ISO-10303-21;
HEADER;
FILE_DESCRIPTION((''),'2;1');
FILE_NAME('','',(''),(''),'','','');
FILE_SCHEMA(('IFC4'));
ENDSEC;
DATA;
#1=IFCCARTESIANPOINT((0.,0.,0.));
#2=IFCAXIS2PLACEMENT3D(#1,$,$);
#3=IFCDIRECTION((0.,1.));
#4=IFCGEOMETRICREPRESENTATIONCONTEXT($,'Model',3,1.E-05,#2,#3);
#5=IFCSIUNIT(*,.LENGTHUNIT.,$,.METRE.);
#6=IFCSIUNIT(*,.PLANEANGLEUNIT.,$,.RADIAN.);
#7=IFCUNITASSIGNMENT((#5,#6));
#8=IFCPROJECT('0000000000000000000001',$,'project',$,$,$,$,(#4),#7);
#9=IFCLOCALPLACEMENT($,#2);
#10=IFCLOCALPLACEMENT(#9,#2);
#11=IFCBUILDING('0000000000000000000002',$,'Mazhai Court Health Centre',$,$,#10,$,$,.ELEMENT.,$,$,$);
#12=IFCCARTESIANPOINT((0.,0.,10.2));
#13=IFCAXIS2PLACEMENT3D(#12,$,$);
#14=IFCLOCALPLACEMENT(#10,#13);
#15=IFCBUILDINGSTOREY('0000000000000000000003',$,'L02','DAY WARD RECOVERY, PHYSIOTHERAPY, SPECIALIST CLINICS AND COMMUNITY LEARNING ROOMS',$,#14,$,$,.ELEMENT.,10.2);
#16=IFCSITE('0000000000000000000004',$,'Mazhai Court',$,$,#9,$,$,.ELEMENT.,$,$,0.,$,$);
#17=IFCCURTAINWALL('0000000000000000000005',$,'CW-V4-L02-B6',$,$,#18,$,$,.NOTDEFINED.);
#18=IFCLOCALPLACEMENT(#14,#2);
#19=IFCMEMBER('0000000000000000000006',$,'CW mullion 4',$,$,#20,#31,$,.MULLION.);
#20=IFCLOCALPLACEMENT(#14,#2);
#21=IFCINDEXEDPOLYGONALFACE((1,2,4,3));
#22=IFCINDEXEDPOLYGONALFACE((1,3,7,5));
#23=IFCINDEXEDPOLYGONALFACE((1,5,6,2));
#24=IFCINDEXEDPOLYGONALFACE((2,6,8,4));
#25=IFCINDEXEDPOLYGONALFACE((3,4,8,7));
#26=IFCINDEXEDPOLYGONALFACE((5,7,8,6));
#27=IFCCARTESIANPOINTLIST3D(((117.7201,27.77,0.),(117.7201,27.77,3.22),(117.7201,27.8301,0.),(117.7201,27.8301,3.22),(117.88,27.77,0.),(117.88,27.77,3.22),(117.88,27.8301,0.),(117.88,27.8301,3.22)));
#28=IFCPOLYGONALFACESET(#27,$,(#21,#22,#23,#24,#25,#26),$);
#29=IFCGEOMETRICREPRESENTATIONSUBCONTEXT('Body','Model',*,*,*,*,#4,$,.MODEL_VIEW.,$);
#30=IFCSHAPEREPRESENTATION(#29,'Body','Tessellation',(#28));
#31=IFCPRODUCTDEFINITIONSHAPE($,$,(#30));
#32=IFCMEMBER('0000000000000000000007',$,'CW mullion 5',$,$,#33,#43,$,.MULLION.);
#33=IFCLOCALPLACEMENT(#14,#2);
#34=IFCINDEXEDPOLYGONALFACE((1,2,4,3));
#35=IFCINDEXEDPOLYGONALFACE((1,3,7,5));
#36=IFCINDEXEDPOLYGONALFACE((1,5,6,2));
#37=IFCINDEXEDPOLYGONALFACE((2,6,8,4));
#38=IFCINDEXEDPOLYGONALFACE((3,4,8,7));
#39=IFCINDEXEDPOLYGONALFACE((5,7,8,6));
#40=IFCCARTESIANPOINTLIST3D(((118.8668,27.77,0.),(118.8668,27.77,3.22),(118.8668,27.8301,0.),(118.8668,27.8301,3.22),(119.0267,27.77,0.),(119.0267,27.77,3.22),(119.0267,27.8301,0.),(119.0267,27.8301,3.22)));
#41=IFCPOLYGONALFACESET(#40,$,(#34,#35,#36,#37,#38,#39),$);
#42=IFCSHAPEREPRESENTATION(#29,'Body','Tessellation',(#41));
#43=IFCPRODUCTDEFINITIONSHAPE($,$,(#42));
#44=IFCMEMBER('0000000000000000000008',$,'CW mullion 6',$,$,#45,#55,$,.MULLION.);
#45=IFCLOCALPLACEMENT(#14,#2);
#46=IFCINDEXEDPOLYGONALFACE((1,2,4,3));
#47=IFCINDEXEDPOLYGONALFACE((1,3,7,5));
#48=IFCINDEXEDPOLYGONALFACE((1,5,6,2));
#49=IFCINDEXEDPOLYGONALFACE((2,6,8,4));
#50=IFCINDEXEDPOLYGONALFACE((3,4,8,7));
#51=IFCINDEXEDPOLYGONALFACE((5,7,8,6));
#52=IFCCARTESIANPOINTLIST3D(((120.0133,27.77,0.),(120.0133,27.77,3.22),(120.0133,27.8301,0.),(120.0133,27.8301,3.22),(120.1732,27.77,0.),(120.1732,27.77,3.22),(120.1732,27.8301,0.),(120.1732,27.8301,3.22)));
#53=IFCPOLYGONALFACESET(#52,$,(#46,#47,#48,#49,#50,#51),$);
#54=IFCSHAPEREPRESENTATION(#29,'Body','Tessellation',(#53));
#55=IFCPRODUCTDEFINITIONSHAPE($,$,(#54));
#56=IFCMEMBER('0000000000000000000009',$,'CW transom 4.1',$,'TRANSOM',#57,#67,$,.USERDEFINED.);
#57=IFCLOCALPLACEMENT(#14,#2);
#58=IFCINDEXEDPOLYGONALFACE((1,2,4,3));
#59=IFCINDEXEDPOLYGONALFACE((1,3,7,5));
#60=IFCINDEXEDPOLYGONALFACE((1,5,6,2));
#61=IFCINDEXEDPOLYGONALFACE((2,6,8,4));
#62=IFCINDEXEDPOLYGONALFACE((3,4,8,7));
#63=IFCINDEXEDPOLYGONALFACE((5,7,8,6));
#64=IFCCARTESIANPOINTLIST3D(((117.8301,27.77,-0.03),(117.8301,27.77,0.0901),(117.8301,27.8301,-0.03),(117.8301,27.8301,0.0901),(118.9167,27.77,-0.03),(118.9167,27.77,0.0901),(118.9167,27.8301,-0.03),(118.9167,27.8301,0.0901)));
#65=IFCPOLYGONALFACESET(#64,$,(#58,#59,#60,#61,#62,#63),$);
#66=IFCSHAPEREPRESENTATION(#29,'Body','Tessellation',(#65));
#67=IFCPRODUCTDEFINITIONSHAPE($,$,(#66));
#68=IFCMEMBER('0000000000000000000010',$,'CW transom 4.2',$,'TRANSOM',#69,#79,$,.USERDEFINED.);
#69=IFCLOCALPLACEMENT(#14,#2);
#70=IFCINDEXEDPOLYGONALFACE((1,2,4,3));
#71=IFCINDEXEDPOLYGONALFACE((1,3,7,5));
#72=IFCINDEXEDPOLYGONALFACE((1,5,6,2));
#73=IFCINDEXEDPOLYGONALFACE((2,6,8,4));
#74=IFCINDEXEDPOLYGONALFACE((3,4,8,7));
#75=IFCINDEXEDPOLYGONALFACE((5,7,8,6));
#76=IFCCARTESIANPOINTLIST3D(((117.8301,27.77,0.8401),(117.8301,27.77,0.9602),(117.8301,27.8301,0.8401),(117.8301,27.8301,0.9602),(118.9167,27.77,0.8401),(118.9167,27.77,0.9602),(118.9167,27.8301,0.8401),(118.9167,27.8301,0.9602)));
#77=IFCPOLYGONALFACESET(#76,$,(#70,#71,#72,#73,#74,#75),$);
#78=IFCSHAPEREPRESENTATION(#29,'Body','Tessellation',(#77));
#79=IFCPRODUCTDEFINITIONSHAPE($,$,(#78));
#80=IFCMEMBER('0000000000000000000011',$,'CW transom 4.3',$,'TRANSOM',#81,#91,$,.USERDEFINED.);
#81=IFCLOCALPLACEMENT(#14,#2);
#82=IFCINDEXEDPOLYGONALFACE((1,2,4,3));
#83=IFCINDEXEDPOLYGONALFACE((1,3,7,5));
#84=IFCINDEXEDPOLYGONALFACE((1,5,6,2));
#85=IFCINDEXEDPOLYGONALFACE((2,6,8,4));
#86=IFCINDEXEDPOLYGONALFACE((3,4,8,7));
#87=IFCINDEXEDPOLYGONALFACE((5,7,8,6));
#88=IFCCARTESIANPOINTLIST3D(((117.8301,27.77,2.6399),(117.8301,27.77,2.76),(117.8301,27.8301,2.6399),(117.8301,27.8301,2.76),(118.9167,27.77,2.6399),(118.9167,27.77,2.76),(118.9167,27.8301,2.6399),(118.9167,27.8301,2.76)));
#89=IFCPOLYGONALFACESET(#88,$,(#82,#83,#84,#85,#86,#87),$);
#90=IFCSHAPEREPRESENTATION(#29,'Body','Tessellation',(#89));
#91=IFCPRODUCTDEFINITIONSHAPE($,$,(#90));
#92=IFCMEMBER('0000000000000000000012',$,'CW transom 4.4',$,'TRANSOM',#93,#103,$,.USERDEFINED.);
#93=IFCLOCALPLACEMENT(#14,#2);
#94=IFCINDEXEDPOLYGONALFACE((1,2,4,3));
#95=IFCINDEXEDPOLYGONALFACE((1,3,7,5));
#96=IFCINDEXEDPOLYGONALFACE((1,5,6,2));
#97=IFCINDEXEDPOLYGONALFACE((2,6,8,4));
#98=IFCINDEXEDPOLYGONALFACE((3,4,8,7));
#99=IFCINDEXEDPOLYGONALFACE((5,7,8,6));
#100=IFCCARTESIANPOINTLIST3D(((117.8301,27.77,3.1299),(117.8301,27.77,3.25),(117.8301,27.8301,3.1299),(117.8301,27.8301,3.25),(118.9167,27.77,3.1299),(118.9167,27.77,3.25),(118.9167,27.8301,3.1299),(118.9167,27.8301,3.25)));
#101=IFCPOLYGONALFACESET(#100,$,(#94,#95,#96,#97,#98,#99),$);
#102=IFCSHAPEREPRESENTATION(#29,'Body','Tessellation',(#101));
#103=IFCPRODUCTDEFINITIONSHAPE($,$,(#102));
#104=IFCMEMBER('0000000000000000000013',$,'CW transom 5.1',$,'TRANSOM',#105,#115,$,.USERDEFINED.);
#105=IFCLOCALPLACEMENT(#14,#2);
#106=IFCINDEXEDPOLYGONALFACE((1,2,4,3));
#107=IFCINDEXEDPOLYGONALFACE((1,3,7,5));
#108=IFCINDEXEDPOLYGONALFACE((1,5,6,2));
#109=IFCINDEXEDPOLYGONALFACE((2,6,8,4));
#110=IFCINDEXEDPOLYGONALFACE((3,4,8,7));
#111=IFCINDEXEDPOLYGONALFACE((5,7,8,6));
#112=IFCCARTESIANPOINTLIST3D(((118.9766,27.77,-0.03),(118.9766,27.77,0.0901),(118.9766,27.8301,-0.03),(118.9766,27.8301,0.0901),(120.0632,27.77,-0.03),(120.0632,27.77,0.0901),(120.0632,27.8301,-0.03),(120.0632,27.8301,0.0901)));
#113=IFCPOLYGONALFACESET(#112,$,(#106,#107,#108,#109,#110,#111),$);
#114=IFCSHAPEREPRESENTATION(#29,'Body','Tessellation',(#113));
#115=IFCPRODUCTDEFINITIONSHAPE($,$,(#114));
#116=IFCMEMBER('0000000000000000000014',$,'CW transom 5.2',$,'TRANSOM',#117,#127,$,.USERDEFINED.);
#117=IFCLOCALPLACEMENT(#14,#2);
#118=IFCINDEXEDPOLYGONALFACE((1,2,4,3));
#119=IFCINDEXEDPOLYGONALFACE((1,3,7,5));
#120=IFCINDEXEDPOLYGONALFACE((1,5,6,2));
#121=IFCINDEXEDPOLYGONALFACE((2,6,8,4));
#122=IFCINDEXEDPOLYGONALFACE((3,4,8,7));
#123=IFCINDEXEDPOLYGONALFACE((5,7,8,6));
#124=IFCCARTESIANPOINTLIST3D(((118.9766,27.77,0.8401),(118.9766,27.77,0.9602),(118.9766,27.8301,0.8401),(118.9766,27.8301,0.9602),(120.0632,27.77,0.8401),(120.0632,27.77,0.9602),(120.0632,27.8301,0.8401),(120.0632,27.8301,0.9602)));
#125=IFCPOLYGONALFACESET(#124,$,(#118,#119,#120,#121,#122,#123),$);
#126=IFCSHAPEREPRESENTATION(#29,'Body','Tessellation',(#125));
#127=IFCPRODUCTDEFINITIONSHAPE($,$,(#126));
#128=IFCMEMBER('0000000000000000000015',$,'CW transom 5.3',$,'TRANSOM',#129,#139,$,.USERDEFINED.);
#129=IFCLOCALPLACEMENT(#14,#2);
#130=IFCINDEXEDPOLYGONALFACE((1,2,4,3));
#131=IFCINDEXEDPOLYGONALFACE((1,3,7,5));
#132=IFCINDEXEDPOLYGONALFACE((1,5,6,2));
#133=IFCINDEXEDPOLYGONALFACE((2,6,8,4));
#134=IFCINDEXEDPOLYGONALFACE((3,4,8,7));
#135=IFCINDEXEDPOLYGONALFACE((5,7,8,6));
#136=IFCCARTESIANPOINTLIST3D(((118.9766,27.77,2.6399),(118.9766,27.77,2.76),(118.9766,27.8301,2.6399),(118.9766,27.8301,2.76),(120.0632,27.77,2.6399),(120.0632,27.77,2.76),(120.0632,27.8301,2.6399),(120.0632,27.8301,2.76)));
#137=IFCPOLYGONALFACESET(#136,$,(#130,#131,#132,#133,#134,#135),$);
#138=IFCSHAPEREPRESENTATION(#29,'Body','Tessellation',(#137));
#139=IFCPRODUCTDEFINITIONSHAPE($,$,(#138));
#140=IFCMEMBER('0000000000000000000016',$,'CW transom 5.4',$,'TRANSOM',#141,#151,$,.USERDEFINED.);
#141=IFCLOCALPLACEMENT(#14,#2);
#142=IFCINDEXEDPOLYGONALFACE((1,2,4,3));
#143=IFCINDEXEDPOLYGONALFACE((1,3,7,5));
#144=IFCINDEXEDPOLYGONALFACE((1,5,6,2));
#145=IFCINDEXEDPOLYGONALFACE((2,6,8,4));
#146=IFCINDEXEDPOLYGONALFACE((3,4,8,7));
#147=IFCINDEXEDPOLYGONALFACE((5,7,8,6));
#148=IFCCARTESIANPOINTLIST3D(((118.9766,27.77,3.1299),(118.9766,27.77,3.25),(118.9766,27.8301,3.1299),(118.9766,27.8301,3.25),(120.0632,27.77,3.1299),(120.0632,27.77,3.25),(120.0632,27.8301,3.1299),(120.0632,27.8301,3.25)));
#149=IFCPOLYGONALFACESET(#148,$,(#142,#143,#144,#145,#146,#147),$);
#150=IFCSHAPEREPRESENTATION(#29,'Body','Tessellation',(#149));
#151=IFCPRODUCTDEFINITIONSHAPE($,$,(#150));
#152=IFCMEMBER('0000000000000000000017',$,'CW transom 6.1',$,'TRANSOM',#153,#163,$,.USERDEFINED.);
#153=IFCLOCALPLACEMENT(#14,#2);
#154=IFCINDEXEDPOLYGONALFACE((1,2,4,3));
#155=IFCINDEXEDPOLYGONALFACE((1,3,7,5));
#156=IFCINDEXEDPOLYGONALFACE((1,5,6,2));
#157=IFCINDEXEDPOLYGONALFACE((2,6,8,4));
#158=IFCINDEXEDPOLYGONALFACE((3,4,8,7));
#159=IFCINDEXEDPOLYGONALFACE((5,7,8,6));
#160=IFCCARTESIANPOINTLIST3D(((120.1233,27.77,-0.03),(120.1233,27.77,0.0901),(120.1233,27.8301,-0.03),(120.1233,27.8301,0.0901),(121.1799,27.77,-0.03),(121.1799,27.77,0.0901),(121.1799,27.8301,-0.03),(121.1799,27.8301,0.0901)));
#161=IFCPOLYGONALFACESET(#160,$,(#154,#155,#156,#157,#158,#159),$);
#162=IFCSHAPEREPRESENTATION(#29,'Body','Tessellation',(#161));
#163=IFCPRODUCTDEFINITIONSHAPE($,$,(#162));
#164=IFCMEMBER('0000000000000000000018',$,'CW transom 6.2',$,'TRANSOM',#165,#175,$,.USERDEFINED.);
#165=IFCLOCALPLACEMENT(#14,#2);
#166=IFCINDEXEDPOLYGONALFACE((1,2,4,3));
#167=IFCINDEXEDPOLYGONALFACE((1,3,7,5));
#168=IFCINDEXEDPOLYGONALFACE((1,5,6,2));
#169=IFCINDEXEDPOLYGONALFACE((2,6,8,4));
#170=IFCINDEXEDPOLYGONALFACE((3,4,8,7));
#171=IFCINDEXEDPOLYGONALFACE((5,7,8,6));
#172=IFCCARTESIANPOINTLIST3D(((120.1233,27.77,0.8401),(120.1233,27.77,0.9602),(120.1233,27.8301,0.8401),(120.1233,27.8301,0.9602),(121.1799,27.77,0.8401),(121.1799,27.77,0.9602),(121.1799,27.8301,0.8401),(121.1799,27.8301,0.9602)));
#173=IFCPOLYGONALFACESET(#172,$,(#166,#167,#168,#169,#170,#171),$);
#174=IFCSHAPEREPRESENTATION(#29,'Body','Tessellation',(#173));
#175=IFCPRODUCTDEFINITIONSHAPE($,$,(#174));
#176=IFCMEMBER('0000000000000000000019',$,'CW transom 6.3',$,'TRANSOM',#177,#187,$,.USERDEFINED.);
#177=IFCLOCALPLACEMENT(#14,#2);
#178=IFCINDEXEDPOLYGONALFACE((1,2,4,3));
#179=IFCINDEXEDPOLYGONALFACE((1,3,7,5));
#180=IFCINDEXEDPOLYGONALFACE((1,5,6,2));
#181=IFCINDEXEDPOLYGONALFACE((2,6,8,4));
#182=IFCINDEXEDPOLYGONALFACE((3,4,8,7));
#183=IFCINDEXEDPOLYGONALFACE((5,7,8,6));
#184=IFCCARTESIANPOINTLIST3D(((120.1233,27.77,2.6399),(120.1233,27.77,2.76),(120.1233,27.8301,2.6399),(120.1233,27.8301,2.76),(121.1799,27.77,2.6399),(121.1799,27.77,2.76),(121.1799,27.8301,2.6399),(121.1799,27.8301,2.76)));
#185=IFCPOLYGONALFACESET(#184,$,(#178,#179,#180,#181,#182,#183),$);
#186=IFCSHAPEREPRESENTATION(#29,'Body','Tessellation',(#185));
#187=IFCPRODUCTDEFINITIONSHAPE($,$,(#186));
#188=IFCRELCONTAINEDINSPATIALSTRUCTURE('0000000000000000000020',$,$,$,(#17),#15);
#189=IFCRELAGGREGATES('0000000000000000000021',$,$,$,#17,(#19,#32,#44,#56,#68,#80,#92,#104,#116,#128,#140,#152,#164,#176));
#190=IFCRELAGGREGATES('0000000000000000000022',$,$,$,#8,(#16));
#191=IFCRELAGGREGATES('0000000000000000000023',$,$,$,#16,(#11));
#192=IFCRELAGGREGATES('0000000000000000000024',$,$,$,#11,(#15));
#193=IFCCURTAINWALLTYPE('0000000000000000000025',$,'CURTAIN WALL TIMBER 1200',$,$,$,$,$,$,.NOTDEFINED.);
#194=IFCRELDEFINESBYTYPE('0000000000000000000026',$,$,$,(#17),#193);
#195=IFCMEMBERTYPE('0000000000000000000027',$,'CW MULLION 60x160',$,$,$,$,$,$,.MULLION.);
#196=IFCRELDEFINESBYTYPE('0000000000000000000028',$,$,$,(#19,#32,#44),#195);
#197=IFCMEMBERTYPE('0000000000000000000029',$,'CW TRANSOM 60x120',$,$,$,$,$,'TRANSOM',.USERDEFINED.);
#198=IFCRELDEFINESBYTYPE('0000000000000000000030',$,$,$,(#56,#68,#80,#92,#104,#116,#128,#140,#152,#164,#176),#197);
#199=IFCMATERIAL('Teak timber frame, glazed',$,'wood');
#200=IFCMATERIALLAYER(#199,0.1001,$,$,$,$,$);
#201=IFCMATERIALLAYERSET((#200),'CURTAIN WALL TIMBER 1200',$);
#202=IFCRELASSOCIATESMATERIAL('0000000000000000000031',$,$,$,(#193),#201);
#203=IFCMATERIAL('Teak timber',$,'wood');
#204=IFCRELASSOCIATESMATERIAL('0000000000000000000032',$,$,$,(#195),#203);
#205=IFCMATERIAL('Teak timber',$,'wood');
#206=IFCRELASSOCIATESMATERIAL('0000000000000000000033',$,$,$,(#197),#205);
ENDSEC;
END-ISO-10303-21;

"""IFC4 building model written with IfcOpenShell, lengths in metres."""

from ifc_helpers import new_model, si_unit, direction, frame, origin, origin_2d, place, context, subcontext, project, spatial, rectangle, extrude, material, layer, layer_set, material_profile, profile_set, type_object, element, aggregate, save


model = new_model("IFC4")

# Units and contexts
model_context = context("Model", 3, precision=1e-05, world=origin(), true_north=direction((0.0, 1.0)))
body_context = subcontext(model_context, "Body", "Model", "MODEL_VIEW")
ifc_project = project(units=[si_unit("LENGTHUNIT", "METRE"), si_unit("PLANEANGLEUNIT", "RADIAN")], contexts=[model_context])

# Site, building, storey
site_placement = place(None, origin())
site = spatial("IfcSite", under=ifc_project, at=site_placement, Name="Mazhai Court", CompositionType="ELEMENT", RefElevation=0.0)
building_placement = place(site_placement, origin())
building = spatial("IfcBuilding", under=site, at=building_placement, Name="Mazhai Court Health Centre", CompositionType="ELEMENT")
storey_placement = place(building_placement, frame((0.0, 0.0, 10.2)))
storey = spatial("IfcBuildingStorey", under=building, at=storey_placement, Name="L02", Description="DAY WARD RECOVERY, PHYSIOTHERAPY, SPECIALIST CLINICS AND COMMUNITY LEARNING ROOMS", CompositionType="ELEMENT", Elevation=10.2)

# Curtain wall, members
ifc_material_1 = material(Name="Teak timber frame, glazed", Category="wood")
ifc_layer_1 = layer(ifc_material_1, 0.1001)
ifc_layer_set_1 = layer_set([ifc_layer_1], Name="CURTAIN WALL TIMBER 1200")
curtain_wall_type = type_object("IfcCurtainWallType", Name="CURTAIN WALL TIMBER 1200", PredefinedType="NOTDEFINED", material=ifc_layer_set_1)
curtain_wall_placement = place(storey_placement, origin())
curtain_wall = element("IfcCurtainWall", 1, at=curtain_wall_placement, inside=storey, type_object=curtain_wall_type, Name="CW-V4-L02-B6", PredefinedType="NOTDEFINED")
ifc_material_2 = material(Name="Teak timber", Category="wood")
ifc_material_profile_1 = material_profile(ifc_material_2, rectangle(XDim=0.0601, YDim=0.1599, at=origin_2d()), Name="CW MULLION 60x160")
ifc_profile_set_1 = profile_set([ifc_material_profile_1], Name="Teak timber")
member_type_1 = type_object("IfcMemberType", Name="CW MULLION 60x160", PredefinedType="MULLION", material=ifc_profile_set_1)
member_1_placement = place(storey_placement, frame((117.8, 27.8, 0.0), z_axis=(0.0, 0.0, 1.0), x_axis=(0.0, 1.0, 0.0)))
member_1 = element("IfcMember", 2, at=member_1_placement, type_object=member_type_1, Name="CW mullion 4", PredefinedType="MULLION", context=body_context, shape_type="SweptSolid", body=[
    extrude(rectangle(XDim=0.0601, YDim=0.1599, at=origin_2d()), origin(), (0.0, 0.0, 1.0), 3.22),
])
member_2_placement = place(storey_placement, frame((118.9468, 27.8, 0.0), z_axis=(0.0, 0.0, 1.0), x_axis=(0.0, 1.0, 0.0)))
member_2 = element("IfcMember", 3, at=member_2_placement, type_object=member_type_1, Name="CW mullion 5", PredefinedType="MULLION", context=body_context, shape_type="SweptSolid", body=[
    extrude(rectangle(XDim=0.0601, YDim=0.1599, at=origin_2d()), origin(), (0.0, 0.0, 1.0), 3.22),
])
member_3_placement = place(storey_placement, frame((120.0933, 27.8, 0.0), z_axis=(0.0, 0.0, 1.0), x_axis=(0.0, 1.0, 0.0)))
member_3 = element("IfcMember", 4, at=member_3_placement, type_object=member_type_1, Name="CW mullion 6", PredefinedType="MULLION", context=body_context, shape_type="SweptSolid", body=[
    extrude(rectangle(XDim=0.0601, YDim=0.1599, at=origin_2d()), origin(), (0.0, 0.0, 1.0), 3.22),
])
ifc_material_3 = material(Name="Teak timber", Category="wood")
ifc_material_profile_2 = material_profile(ifc_material_3, rectangle(XDim=0.0601, YDim=0.1201, at=origin_2d()), Name="CW TRANSOM 60x120")
ifc_profile_set_2 = profile_set([ifc_material_profile_2], Name="Teak timber")
member_type_2 = type_object("IfcMemberType", Name="CW TRANSOM 60x120", ElementType="TRANSOM", PredefinedType="USERDEFINED", material=ifc_profile_set_2)
member_4_placement = place(storey_placement, frame((117.8301, 27.8, 0.03), z_axis=(1.0, 0.0, 0.0), x_axis=(0.0, 1.0, 0.0)))
member_4 = element("IfcMember", 5, at=member_4_placement, type_object=member_type_2, Name="CW transom 4.1", ObjectType="TRANSOM", PredefinedType="USERDEFINED", context=body_context, shape_type="SweptSolid", body=[
    extrude(rectangle(XDim=0.0601, YDim=0.1201, at=origin_2d()), origin(), (0.0, 0.0, 1.0), 1.0867),
])
member_5_placement = place(storey_placement, frame((117.8301, 27.8, 0.9001), z_axis=(1.0, 0.0, 0.0), x_axis=(0.0, 1.0, 0.0)))
member_5 = element("IfcMember", 6, at=member_5_placement, type_object=member_type_2, Name="CW transom 4.2", ObjectType="TRANSOM", PredefinedType="USERDEFINED", context=body_context, shape_type="SweptSolid", body=[
    extrude(rectangle(XDim=0.0601, YDim=0.1201, at=origin_2d()), origin(), (0.0, 0.0, 1.0), 1.0867),
])
member_6_placement = place(storey_placement, frame((117.8301, 27.8, 2.7), z_axis=(1.0, 0.0, 0.0), x_axis=(0.0, 1.0, 0.0)))
member_6 = element("IfcMember", 7, at=member_6_placement, type_object=member_type_2, Name="CW transom 4.3", ObjectType="TRANSOM", PredefinedType="USERDEFINED", context=body_context, shape_type="SweptSolid", body=[
    extrude(rectangle(XDim=0.0601, YDim=0.1201, at=origin_2d()), origin(), (0.0, 0.0, 1.0), 1.0867),
])
member_7_placement = place(storey_placement, frame((117.8301, 27.8, 3.1899), z_axis=(1.0, 0.0, 0.0), x_axis=(0.0, 1.0, 0.0)))
member_7 = element("IfcMember", 8, at=member_7_placement, type_object=member_type_2, Name="CW transom 4.4", ObjectType="TRANSOM", PredefinedType="USERDEFINED", context=body_context, shape_type="SweptSolid", body=[
    extrude(rectangle(XDim=0.0601, YDim=0.1201, at=origin_2d()), origin(), (0.0, 0.0, 1.0), 1.0867),
])
member_8_placement = place(storey_placement, frame((118.9766, 27.8, 0.03), z_axis=(1.0, 0.0, 0.0), x_axis=(0.0, 1.0, 0.0)))
member_8 = element("IfcMember", 9, at=member_8_placement, type_object=member_type_2, Name="CW transom 5.1", ObjectType="TRANSOM", PredefinedType="USERDEFINED", context=body_context, shape_type="SweptSolid", body=[
    extrude(rectangle(XDim=0.0601, YDim=0.1201, at=origin_2d()), origin(), (0.0, 0.0, 1.0), 1.0867),
])
member_9_placement = place(storey_placement, frame((118.9766, 27.8, 0.9001), z_axis=(1.0, 0.0, 0.0), x_axis=(0.0, 1.0, 0.0)))
member_9 = element("IfcMember", 10, at=member_9_placement, type_object=member_type_2, Name="CW transom 5.2", ObjectType="TRANSOM", PredefinedType="USERDEFINED", context=body_context, shape_type="SweptSolid", body=[
    extrude(rectangle(XDim=0.0601, YDim=0.1201, at=origin_2d()), origin(), (0.0, 0.0, 1.0), 1.0867),
])
member_10_placement = place(storey_placement, frame((118.9766, 27.8, 2.7), z_axis=(1.0, 0.0, 0.0), x_axis=(0.0, 1.0, 0.0)))
member_10 = element("IfcMember", 11, at=member_10_placement, type_object=member_type_2, Name="CW transom 5.3", ObjectType="TRANSOM", PredefinedType="USERDEFINED", context=body_context, shape_type="SweptSolid", body=[
    extrude(rectangle(XDim=0.0601, YDim=0.1201, at=origin_2d()), origin(), (0.0, 0.0, 1.0), 1.0867),
])
member_11_placement = place(storey_placement, frame((118.9766, 27.8, 3.1899), z_axis=(1.0, 0.0, 0.0), x_axis=(0.0, 1.0, 0.0)))
member_11 = element("IfcMember", 12, at=member_11_placement, type_object=member_type_2, Name="CW transom 5.4", ObjectType="TRANSOM", PredefinedType="USERDEFINED", context=body_context, shape_type="SweptSolid", body=[
    extrude(rectangle(XDim=0.0601, YDim=0.1201, at=origin_2d()), origin(), (0.0, 0.0, 1.0), 1.0867),
])
member_12_placement = place(storey_placement, frame((120.1233, 27.8, 0.03), z_axis=(1.0, 0.0, 0.0), x_axis=(0.0, 1.0, 0.0)))
member_12 = element("IfcMember", 13, at=member_12_placement, type_object=member_type_2, Name="CW transom 6.1", ObjectType="TRANSOM", PredefinedType="USERDEFINED", context=body_context, shape_type="SweptSolid", body=[
    extrude(rectangle(XDim=0.0601, YDim=0.1201, at=origin_2d()), origin(), (0.0, 0.0, 1.0), 1.0566),
])
member_13_placement = place(storey_placement, frame((120.1233, 27.8, 0.9001), z_axis=(1.0, 0.0, 0.0), x_axis=(0.0, 1.0, 0.0)))
member_13 = element("IfcMember", 14, at=member_13_placement, type_object=member_type_2, Name="CW transom 6.2", ObjectType="TRANSOM", PredefinedType="USERDEFINED", context=body_context, shape_type="SweptSolid", body=[
    extrude(rectangle(XDim=0.0601, YDim=0.1201, at=origin_2d()), origin(), (0.0, 0.0, 1.0), 1.0566),
])
member_14_placement = place(storey_placement, frame((120.1233, 27.8, 2.7), z_axis=(1.0, 0.0, 0.0), x_axis=(0.0, 1.0, 0.0)))
member_14 = element("IfcMember", 15, at=member_14_placement, type_object=member_type_2, Name="CW transom 6.3", ObjectType="TRANSOM", PredefinedType="USERDEFINED", context=body_context, shape_type="SweptSolid", body=[
    extrude(rectangle(XDim=0.0601, YDim=0.1201, at=origin_2d()), origin(), (0.0, 0.0, 1.0), 1.0566),
])
aggregate(curtain_wall, [member_1, member_2, member_3, member_4, member_5, member_6, member_7, member_8, member_9, member_10, member_11, member_12, member_13, member_14])

save(model, "model.ifc")
